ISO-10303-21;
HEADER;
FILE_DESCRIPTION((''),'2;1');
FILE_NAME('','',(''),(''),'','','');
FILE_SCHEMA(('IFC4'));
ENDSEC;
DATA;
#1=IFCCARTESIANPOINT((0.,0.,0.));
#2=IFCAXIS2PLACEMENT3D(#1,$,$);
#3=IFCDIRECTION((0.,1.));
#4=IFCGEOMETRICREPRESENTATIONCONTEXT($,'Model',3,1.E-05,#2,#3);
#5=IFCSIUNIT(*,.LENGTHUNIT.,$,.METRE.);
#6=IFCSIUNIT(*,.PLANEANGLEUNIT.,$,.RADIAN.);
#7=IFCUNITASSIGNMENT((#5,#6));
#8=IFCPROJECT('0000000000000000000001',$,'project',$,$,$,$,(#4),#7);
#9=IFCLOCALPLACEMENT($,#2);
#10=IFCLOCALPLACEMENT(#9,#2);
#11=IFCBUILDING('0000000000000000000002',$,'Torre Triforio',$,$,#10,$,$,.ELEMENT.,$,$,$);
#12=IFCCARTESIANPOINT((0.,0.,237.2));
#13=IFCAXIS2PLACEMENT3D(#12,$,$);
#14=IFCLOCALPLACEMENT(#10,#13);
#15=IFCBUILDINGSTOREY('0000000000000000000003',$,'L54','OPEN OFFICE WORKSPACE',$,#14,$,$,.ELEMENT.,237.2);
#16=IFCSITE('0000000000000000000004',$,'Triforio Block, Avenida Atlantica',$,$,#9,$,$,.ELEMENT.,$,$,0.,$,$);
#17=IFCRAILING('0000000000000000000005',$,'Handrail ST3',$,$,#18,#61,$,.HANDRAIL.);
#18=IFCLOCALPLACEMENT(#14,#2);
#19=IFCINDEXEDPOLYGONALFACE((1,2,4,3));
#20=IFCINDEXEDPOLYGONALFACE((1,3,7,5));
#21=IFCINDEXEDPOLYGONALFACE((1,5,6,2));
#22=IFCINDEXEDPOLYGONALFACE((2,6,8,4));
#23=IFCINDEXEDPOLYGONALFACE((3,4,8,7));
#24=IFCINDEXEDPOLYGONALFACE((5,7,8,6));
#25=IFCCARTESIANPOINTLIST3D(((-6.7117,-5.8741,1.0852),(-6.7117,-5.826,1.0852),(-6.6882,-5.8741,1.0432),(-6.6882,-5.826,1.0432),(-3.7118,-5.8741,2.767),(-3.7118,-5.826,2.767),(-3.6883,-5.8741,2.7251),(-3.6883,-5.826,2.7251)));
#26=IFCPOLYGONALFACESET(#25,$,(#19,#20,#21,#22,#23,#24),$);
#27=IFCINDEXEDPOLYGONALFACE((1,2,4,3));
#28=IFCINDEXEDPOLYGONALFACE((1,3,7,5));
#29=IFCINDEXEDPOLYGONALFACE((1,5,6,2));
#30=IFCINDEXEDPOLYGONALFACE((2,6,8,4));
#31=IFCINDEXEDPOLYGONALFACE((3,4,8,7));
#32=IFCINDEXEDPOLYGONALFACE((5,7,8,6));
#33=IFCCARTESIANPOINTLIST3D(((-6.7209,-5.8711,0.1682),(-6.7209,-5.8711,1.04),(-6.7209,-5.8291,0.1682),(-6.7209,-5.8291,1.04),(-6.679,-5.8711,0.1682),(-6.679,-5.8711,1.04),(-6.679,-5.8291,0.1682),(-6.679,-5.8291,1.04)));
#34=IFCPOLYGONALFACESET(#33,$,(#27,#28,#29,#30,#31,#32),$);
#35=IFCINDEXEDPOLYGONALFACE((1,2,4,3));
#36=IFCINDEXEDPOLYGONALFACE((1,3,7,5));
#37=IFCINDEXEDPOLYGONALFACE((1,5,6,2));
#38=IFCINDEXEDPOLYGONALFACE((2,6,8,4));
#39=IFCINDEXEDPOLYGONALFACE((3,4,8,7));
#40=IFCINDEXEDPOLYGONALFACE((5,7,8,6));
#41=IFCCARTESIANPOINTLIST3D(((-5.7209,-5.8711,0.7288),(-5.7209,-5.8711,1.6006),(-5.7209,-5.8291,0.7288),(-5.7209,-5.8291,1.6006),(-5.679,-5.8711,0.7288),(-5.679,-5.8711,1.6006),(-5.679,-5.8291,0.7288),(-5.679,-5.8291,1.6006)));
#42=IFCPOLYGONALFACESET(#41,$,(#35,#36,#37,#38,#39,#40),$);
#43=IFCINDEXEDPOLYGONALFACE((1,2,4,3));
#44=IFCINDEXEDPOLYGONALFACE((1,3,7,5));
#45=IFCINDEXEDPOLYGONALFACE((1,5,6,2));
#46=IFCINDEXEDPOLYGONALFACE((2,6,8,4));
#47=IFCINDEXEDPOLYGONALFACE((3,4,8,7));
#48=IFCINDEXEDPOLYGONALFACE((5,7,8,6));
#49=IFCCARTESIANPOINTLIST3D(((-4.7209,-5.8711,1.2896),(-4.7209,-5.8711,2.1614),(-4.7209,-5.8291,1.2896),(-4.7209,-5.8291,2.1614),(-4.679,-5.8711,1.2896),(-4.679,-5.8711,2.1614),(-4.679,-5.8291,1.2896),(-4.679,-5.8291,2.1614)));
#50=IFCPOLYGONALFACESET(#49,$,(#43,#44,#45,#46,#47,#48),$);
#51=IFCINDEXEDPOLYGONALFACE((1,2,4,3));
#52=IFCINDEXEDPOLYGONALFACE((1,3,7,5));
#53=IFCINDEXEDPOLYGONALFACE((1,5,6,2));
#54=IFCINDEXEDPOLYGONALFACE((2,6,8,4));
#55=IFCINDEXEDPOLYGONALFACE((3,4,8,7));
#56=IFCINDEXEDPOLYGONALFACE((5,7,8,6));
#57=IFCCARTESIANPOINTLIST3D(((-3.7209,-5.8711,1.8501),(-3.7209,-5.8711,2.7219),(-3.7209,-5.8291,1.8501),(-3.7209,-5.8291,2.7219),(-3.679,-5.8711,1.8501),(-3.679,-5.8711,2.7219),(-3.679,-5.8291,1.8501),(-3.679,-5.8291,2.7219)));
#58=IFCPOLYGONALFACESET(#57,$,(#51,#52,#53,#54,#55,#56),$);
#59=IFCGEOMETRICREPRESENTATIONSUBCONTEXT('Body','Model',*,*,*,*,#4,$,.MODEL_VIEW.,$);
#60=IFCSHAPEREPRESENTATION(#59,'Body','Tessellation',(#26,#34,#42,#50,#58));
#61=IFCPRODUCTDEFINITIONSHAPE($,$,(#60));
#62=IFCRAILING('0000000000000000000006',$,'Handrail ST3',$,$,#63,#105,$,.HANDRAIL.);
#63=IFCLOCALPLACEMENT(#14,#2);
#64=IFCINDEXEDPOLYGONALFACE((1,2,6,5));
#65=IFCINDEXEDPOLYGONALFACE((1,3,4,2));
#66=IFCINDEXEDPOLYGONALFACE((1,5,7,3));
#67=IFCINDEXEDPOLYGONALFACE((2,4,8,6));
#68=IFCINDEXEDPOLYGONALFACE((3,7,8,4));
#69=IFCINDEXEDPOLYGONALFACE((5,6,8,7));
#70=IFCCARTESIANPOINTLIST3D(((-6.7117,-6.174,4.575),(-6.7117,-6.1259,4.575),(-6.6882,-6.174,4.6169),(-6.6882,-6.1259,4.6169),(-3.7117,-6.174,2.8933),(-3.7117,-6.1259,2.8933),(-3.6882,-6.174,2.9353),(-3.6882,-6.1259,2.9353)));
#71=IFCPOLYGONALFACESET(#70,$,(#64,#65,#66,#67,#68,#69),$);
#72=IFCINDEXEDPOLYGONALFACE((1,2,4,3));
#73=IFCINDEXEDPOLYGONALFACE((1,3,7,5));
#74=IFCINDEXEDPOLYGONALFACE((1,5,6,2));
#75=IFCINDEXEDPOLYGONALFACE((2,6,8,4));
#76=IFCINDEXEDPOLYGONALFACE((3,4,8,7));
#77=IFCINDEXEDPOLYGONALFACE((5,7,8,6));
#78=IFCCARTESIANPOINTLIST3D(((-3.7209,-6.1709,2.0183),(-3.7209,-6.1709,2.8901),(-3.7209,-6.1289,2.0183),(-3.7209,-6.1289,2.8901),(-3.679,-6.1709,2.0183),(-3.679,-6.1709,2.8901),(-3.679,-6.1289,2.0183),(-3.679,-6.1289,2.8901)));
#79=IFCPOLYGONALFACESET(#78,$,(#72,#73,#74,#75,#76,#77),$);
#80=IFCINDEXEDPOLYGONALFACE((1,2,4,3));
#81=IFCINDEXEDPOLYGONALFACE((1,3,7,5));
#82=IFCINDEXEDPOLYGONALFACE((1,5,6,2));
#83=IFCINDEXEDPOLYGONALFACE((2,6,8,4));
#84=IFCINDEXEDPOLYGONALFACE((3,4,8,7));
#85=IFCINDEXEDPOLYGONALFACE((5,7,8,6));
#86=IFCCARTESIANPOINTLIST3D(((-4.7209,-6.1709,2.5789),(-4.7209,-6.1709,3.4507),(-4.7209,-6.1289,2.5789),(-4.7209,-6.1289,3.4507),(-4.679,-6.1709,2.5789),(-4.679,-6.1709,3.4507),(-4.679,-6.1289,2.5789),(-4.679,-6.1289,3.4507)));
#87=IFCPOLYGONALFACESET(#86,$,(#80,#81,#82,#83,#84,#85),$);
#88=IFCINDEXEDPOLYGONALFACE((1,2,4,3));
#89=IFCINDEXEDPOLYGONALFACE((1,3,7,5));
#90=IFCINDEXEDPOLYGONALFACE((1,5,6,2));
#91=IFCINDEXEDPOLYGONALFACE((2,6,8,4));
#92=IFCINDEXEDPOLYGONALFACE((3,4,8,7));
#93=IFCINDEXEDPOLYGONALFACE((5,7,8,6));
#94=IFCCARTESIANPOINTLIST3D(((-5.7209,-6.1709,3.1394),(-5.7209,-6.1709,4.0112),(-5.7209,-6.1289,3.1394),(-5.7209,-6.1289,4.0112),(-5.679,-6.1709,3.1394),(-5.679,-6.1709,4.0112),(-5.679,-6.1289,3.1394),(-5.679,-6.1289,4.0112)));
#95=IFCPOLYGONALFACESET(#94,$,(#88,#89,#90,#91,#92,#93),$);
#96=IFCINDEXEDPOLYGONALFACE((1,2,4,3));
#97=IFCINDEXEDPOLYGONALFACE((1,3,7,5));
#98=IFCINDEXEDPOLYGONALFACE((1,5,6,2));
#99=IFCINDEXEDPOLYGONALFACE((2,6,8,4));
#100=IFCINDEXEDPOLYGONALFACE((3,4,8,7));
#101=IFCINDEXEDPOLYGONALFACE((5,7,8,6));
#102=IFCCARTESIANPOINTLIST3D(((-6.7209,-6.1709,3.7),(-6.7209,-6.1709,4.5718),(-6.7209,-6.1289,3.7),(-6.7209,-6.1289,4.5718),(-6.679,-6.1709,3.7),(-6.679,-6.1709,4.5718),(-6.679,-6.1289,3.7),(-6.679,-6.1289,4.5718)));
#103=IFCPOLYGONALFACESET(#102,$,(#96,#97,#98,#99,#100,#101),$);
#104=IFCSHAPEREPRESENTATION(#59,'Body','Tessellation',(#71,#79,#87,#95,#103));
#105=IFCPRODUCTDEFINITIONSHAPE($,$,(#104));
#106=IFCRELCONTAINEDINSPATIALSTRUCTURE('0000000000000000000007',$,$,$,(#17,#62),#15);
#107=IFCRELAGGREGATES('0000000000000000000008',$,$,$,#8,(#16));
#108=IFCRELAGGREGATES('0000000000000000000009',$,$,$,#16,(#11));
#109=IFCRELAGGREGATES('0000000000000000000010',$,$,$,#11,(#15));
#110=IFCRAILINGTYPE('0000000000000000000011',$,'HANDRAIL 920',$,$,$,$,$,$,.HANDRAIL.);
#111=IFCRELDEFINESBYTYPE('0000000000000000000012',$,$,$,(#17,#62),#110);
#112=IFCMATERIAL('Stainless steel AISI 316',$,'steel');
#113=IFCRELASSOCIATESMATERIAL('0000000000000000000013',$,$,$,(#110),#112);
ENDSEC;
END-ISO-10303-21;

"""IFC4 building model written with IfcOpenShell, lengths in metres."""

from ifc_helpers import new_model, si_unit, direction, frame, origin, origin_2d, place, context, subcontext, project, spatial, rectangle, extrude, material, type_object, element, save


model = new_model("IFC4")

# Units and contexts
model_context = context("Model", 3, precision=1e-05, world=origin(), true_north=direction((0.0, 1.0)))
body_context = subcontext(model_context, "Body", "Model", "MODEL_VIEW")
ifc_project = project(units=[si_unit("LENGTHUNIT", "METRE"), si_unit("PLANEANGLEUNIT", "RADIAN")], contexts=[model_context])

# Site, building, storey
site_placement = place(None, origin())
site = spatial("IfcSite", under=ifc_project, at=site_placement, Name="Triforio Block, Avenida Atlantica", CompositionType="ELEMENT", RefElevation=0.0)
building_placement = place(site_placement, origin())
building = spatial("IfcBuilding", under=site, at=building_placement, Name="Torre Triforio", CompositionType="ELEMENT")
storey_placement = place(building_placement, frame((0.0, 0.0, 237.2)))
storey = spatial("IfcBuildingStorey", under=building, at=storey_placement, Name="L54", Description="OPEN OFFICE WORKSPACE", CompositionType="ELEMENT", Elevation=237.2)

# Railings
ifc_material_1 = material(Name="Stainless steel AISI 316", Category="steel")
railing_type = type_object("IfcRailingType", Name="HANDRAIL 920", PredefinedType="HANDRAIL", material=ifc_material_1)
for number, where, name in (
    (1, (-6.7, -5.8501, 0.1682), "Handrail ST3"),
):
    element("IfcRailing", number, at=place(storey_placement, frame(where)), inside=storey, type_object=railing_type, Name=name, PredefinedType="HANDRAIL", context=body_context, shape_type="SweptSolid", body=[
        extrude(rectangle(XDim=0.0481, YDim=0.0481, at=origin_2d()), frame((0.0, 0.0, 0.896), z_axis=(0.872272, 0.0, 0.48902), x_axis=(0.0, 1.0, 0.0)), (0.0, 0.0, 1.0), 3.4392),
        extrude(rectangle(XDim=0.042, YDim=0.042, at=origin_2d()), origin(), (0.0, 0.0, 1.0), 0.8718),
        extrude(rectangle(XDim=0.042, YDim=0.042, at=origin_2d()), frame((1.0, 0.0, 0.5605)), (0.0, 0.0, 1.0), 0.8718),
        extrude(rectangle(XDim=0.042, YDim=0.042, at=origin_2d()), frame((2.0, 0.0, 1.1213)), (0.0, 0.0, 1.0), 0.8718),
        extrude(rectangle(XDim=0.042, YDim=0.042, at=origin_2d()), frame((3.0, 0.0, 1.6819)), (0.0, 0.0, 1.0), 0.8718),
    ])
railing_placement = place(storey_placement, frame((-3.7, -6.1499, 2.0183)))
element("IfcRailing", 2, at=railing_placement, inside=storey, type_object=railing_type, Name="Handrail ST3", PredefinedType="HANDRAIL", context=body_context, shape_type="SweptSolid", body=[
    extrude(rectangle(XDim=0.0481, YDim=0.0481, at=origin_2d()), frame((0.0, 0.0, 0.896), z_axis=(-0.872303, 0.0, 0.488966), x_axis=(0.0, -1.0, 0.0)), (0.0, 0.0, 1.0), 3.4392),
    extrude(rectangle(XDim=0.042, YDim=0.042, at=origin_2d()), origin(), (0.0, 0.0, 1.0), 0.8718),
    extrude(rectangle(XDim=0.042, YDim=0.042, at=origin_2d()), frame((-1.0, 0.0, 0.5605)), (0.0, 0.0, 1.0), 0.8718),
    extrude(rectangle(XDim=0.042, YDim=0.042, at=origin_2d()), frame((-2.0, 0.0, 1.1211)), (0.0, 0.0, 1.0), 0.8718),
    extrude(rectangle(XDim=0.042, YDim=0.042, at=origin_2d()), frame((-3.0, 0.0, 1.6816)), (0.0, 0.0, 1.0), 0.8718),
])

save(model, "model.ifc")
